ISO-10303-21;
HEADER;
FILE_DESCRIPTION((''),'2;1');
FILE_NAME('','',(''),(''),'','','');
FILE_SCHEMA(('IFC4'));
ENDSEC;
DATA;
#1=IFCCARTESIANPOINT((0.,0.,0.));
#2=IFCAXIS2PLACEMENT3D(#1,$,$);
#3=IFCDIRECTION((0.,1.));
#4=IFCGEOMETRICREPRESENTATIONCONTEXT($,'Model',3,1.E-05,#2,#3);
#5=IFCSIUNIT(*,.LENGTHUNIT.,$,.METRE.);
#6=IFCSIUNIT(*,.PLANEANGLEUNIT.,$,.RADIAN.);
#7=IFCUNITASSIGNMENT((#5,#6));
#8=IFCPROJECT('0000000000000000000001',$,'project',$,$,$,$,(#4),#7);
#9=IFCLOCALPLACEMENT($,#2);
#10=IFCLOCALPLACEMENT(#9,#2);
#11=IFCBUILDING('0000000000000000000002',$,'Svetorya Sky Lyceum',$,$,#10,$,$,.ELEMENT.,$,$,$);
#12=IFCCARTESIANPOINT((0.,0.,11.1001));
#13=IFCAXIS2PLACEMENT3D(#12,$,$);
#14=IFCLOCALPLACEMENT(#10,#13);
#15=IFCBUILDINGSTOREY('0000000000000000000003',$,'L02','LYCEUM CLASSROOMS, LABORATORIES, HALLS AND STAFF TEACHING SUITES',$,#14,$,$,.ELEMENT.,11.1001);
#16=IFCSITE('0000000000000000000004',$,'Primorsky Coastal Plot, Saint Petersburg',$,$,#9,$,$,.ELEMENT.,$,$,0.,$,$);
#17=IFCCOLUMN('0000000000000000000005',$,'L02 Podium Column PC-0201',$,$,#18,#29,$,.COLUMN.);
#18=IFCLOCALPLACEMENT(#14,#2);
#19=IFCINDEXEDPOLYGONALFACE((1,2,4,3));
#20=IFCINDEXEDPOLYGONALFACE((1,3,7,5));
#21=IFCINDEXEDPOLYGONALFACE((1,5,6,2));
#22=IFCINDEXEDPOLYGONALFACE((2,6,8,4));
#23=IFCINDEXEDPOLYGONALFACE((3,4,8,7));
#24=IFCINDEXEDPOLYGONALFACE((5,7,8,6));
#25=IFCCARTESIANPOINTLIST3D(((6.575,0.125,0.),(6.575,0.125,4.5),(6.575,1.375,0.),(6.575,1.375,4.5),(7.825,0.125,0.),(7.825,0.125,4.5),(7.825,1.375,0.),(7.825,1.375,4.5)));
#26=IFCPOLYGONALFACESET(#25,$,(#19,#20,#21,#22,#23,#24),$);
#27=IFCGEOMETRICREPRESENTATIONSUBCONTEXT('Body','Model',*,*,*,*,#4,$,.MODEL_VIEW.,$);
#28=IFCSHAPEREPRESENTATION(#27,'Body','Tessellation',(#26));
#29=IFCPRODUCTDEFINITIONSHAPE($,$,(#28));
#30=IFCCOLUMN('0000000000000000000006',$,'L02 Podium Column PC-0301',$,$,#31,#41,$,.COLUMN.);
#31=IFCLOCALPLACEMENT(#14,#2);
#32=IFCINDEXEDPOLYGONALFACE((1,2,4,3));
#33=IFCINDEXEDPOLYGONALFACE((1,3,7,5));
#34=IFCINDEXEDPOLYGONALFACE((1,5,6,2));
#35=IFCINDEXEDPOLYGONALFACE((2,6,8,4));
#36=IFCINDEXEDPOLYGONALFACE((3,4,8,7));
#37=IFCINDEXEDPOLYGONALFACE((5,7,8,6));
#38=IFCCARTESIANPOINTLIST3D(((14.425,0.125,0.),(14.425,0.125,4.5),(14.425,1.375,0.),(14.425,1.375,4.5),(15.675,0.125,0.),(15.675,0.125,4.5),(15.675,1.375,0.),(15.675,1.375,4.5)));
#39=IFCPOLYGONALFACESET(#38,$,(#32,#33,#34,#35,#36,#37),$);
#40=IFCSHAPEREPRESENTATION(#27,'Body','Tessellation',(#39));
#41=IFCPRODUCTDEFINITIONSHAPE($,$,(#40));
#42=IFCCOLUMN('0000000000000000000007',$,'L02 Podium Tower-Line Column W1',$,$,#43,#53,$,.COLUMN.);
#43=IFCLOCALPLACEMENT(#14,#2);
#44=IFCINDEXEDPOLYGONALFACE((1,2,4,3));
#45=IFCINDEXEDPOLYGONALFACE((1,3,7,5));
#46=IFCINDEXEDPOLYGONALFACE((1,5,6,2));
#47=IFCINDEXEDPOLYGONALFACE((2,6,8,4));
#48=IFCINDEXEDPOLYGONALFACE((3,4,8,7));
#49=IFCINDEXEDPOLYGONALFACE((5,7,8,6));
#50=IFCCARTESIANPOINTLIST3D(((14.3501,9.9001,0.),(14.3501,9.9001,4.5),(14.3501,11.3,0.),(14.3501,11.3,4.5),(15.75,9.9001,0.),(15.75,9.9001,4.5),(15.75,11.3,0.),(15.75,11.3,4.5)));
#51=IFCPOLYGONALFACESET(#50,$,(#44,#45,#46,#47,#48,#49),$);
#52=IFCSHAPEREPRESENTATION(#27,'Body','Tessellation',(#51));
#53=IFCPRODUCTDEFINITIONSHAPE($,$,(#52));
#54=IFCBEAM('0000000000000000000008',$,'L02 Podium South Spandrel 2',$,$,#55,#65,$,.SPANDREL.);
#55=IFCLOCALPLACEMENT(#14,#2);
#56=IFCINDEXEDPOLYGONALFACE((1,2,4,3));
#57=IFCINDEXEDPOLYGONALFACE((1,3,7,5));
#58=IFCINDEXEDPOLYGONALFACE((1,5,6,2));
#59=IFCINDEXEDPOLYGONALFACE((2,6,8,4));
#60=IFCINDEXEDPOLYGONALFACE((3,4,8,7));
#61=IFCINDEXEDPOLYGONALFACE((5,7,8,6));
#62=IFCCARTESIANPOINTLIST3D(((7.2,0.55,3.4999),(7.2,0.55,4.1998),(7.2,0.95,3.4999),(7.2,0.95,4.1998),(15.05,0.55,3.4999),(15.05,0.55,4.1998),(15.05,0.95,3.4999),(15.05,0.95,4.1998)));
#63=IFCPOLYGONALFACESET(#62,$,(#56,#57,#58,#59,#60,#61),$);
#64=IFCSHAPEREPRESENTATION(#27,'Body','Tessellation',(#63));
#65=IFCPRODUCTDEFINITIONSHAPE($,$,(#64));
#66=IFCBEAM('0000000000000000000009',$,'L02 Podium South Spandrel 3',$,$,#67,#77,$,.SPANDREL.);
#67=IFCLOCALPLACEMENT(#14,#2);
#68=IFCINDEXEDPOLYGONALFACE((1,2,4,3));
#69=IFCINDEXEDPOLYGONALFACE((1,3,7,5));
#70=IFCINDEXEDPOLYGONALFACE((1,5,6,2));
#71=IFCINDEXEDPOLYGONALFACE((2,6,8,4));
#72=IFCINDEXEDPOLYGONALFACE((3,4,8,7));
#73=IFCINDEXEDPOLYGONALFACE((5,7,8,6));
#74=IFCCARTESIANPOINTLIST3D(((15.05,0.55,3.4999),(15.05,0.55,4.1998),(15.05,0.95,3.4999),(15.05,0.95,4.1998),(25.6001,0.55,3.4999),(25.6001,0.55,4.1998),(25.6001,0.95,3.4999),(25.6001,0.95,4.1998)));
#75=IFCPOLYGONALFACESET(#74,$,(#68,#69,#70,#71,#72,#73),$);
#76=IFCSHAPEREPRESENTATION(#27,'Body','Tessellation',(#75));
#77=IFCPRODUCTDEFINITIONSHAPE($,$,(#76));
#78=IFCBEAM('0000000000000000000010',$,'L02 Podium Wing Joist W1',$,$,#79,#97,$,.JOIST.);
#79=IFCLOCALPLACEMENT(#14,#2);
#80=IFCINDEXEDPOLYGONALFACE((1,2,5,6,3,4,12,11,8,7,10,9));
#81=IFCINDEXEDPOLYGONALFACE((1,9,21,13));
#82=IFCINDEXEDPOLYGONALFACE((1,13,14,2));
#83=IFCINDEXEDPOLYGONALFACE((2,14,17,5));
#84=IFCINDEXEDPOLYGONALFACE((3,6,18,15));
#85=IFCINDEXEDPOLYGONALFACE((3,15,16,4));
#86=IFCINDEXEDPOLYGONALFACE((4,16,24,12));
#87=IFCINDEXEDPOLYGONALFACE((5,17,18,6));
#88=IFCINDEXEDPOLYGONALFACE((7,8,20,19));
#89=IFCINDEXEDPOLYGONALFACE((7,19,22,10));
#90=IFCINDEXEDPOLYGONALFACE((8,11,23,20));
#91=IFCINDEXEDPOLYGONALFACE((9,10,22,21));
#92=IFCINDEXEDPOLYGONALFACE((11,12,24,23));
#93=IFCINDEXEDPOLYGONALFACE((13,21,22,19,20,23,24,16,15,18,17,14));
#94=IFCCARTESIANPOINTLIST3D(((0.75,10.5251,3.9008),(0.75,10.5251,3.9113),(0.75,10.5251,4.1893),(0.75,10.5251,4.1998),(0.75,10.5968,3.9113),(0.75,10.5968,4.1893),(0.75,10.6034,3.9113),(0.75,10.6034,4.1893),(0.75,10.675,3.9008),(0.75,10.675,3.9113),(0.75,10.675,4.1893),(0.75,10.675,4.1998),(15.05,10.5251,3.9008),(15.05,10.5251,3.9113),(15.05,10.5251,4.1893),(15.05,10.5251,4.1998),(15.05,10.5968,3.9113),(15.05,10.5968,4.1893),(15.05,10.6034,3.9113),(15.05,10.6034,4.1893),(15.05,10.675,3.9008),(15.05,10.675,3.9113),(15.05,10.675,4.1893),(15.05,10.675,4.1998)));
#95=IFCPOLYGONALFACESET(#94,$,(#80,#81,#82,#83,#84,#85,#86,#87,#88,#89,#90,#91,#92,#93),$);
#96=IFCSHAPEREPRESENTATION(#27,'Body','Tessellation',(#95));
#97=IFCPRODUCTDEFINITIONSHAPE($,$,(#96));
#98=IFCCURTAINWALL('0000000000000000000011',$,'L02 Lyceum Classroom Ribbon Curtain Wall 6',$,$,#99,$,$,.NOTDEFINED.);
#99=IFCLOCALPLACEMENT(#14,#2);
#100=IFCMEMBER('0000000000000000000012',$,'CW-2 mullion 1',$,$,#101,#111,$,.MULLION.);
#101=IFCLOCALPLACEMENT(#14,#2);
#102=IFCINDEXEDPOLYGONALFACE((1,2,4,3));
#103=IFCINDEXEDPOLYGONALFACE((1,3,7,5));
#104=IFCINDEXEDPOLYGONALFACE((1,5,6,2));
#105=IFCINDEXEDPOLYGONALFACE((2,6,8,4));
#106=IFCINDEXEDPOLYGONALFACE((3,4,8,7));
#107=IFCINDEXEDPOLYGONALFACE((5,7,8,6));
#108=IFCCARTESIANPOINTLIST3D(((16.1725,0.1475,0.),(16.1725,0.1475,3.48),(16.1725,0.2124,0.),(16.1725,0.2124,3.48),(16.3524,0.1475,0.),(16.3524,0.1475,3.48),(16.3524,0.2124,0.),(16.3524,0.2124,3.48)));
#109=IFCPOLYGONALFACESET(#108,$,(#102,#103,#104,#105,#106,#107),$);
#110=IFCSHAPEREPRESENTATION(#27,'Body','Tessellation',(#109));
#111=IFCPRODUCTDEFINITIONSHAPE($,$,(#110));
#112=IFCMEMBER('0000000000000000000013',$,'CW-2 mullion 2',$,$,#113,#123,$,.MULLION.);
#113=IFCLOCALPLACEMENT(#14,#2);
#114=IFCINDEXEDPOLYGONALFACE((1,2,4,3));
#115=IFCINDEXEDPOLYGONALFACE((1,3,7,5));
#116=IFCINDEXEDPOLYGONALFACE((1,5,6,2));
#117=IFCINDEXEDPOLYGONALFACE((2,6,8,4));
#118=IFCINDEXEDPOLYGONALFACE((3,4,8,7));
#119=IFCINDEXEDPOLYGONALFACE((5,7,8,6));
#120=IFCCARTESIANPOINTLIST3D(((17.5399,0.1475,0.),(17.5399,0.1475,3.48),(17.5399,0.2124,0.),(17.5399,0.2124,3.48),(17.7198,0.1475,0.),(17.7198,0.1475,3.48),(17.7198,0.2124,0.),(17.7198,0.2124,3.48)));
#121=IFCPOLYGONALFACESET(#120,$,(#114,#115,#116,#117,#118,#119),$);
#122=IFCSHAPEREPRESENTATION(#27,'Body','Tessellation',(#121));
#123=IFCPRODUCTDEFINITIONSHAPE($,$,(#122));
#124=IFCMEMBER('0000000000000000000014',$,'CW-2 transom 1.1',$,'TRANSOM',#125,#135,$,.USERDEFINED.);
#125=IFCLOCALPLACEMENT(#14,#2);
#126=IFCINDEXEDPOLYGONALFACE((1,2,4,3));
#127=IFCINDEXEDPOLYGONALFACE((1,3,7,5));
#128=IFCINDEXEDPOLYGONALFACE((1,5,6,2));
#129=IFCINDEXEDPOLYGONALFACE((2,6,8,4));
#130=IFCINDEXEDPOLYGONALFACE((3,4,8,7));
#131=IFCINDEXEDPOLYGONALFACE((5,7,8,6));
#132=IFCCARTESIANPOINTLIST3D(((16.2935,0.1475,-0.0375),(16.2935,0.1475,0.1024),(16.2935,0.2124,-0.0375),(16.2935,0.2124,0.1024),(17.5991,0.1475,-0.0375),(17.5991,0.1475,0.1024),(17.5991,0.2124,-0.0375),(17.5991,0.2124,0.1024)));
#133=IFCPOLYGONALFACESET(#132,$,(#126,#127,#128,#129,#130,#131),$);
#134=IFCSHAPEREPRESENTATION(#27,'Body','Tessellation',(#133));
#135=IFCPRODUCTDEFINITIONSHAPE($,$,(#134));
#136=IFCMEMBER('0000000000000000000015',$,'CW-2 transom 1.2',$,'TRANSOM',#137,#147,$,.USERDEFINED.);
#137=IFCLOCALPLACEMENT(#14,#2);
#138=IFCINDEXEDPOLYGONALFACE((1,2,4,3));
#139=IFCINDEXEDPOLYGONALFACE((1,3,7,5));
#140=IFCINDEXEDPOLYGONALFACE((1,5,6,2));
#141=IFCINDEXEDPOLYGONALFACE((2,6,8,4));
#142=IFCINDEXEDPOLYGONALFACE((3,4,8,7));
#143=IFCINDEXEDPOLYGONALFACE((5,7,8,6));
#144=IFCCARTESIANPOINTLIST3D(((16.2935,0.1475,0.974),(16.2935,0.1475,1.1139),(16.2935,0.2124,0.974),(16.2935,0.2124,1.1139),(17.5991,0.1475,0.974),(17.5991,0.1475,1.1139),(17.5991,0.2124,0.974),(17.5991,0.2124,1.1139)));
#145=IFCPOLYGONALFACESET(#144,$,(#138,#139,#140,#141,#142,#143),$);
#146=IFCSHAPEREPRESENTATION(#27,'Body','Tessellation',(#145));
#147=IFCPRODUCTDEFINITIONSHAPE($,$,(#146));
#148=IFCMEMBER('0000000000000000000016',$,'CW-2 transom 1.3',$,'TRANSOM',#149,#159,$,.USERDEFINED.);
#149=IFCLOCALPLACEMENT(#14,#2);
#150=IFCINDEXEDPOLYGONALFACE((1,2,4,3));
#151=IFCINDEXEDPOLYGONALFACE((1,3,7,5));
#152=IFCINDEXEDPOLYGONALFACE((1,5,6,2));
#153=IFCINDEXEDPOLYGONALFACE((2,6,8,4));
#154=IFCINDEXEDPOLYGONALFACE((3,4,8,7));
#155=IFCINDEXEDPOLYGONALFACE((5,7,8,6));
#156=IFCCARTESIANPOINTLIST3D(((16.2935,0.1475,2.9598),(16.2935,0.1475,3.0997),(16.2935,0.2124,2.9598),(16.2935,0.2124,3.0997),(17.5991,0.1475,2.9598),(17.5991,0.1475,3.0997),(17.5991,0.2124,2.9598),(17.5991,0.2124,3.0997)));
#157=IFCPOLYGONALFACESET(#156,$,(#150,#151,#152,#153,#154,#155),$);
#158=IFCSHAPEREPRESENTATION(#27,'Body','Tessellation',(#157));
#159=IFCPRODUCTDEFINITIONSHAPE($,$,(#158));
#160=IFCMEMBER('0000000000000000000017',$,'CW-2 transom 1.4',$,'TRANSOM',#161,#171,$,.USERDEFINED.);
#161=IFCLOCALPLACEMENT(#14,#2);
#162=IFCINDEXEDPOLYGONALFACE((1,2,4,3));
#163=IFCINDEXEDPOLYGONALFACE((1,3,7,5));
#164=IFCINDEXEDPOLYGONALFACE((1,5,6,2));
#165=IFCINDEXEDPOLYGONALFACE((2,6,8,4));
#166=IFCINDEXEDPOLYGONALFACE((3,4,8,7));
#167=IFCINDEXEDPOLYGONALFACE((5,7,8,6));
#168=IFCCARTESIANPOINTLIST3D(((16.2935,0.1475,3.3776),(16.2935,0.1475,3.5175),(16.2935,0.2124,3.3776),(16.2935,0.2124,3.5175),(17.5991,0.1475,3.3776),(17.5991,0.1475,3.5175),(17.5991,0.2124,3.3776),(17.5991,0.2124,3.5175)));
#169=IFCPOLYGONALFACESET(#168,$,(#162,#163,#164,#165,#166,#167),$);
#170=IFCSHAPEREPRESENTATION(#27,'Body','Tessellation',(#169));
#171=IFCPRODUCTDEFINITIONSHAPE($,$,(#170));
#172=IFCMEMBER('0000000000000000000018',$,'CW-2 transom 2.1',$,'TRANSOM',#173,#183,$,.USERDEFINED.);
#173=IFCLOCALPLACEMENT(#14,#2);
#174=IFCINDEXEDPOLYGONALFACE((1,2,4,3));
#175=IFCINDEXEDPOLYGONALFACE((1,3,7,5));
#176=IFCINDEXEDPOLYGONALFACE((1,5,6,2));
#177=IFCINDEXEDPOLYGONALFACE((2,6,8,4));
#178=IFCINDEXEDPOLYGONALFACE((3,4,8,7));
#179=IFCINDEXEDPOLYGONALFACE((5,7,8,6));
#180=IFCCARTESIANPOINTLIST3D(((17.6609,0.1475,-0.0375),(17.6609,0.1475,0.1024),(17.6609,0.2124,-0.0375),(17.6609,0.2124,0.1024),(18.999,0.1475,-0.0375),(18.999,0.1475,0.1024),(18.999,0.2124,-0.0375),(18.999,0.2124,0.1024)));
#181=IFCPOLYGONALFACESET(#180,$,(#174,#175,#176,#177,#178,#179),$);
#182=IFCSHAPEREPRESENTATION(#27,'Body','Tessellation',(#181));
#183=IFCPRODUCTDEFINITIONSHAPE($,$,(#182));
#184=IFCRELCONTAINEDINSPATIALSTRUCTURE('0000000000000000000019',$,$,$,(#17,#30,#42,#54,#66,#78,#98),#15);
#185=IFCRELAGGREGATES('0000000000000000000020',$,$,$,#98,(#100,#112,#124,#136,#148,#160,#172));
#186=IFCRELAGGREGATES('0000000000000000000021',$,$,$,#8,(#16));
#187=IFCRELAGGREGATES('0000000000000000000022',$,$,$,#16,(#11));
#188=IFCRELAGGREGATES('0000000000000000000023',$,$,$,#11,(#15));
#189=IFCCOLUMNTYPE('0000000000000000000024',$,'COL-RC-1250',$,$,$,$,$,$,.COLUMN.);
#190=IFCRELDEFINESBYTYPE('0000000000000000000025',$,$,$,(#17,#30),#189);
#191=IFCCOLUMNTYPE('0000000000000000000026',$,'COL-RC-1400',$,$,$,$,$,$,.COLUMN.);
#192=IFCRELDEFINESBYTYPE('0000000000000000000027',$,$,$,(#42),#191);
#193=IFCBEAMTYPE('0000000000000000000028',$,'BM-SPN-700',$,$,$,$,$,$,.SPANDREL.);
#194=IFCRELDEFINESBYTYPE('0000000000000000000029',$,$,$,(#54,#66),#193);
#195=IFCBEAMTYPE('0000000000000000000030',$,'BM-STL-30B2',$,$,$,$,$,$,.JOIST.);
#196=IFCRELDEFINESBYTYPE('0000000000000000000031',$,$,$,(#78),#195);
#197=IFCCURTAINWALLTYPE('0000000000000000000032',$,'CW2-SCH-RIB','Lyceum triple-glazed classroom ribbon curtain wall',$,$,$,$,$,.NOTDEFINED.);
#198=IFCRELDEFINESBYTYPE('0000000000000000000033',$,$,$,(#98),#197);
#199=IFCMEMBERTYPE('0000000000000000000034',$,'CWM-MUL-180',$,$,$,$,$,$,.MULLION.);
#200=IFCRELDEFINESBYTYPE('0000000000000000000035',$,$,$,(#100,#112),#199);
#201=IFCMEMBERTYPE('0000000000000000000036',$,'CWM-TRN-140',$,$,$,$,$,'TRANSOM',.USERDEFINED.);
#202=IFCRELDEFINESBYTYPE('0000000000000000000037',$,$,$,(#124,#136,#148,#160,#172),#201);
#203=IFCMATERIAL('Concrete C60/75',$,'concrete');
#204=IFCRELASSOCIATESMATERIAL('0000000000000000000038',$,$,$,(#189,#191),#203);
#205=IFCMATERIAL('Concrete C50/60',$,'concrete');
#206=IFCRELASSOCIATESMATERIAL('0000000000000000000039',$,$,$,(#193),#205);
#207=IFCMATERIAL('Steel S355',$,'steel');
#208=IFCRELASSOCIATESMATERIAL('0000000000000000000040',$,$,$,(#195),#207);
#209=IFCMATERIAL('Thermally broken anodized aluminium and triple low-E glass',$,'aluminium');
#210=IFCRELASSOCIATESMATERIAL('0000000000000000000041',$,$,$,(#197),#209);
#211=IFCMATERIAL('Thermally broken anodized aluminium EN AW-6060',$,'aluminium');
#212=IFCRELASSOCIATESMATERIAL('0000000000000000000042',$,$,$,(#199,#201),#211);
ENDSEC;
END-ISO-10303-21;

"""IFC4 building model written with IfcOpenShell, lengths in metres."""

from ifc_helpers import new_model, si_unit, direction, frame, origin, origin_2d, place, context, subcontext, project, spatial, rectangle, i_section, extrude, material, material_profile, profile_set, type_object, element, aggregate, save


model = new_model("IFC4")

# Units and contexts
model_context = context("Model", 3, precision=1e-05, world=origin(), true_north=direction((0.0, 1.0)))
body_context = subcontext(model_context, "Body", "Model", "MODEL_VIEW")
ifc_project = project(units=[si_unit("LENGTHUNIT", "METRE"), si_unit("PLANEANGLEUNIT", "RADIAN")], contexts=[model_context])

# Site, building, storey
site_placement = place(None, origin())
site = spatial("IfcSite", under=ifc_project, at=site_placement, Name="Primorsky Coastal Plot, Saint Petersburg", CompositionType="ELEMENT", RefElevation=0.0)
building_placement = place(site_placement, origin())
building = spatial("IfcBuilding", under=site, at=building_placement, Name="Svetorya Sky Lyceum", CompositionType="ELEMENT")
storey_placement = place(building_placement, frame((0.0, 0.0, 11.1001)))
storey = spatial("IfcBuildingStorey", under=building, at=storey_placement, Name="L02", Description="LYCEUM CLASSROOMS, LABORATORIES, HALLS AND STAFF TEACHING SUITES", CompositionType="ELEMENT", Elevation=11.1001)

# Columns
ifc_material_1 = material(Name="Concrete C60/75", Category="concrete")
ifc_material_profile_1 = material_profile(ifc_material_1, rectangle(XDim=1.25, YDim=1.25, at=origin_2d()), Name="RC COL 1250x1250")
ifc_profile_set_1 = profile_set([ifc_material_profile_1], Name="Concrete C60/75")
column_type_1 = type_object("IfcColumnType", Name="COL-RC-1250", PredefinedType="COLUMN", material=ifc_profile_set_1)
for number, where, z_axis, x_axis, name in (
    (1, (7.2, 0.75, 0.0), (0.0, 0.0, 1.0), (1.0, 0.0, 0.0), "L02 Podium Column PC-0201"),
    (2, (15.05, 0.75, 0.0), (0.0, 0.0, 1.0), (1.0, 0.0, 0.0), "L02 Podium Column PC-0301"),
):
    element("IfcColumn", number, at=place(storey_placement, frame(where, z_axis=z_axis, x_axis=x_axis)), inside=storey, type_object=column_type_1, Name=name, PredefinedType="COLUMN", context=body_context, shape_type="SweptSolid", body=[
        extrude(rectangle(XDim=1.25, YDim=1.25, at=origin_2d()), origin(), (0.0, 0.0, 1.0), 4.5),
    ])
ifc_material_profile_2 = material_profile(ifc_material_1, rectangle(XDim=1.3999, YDim=1.3999, at=origin_2d()), Name="RC COL 1400x1400")
ifc_profile_set_2 = profile_set([ifc_material_profile_2], Name="Concrete C60/75")
column_type_2 = type_object("IfcColumnType", Name="COL-RC-1400", PredefinedType="COLUMN", material=ifc_profile_set_2)
column_placement = place(storey_placement, frame((15.05, 10.6001, 0.0), z_axis=(0.0, 0.0, 1.0), x_axis=(1.0, 0.0, 0.0)))
element("IfcColumn", 3, at=column_placement, inside=storey, type_object=column_type_2, Name="L02 Podium Tower-Line Column W1", PredefinedType="COLUMN", context=body_context, shape_type="SweptSolid", body=[
    extrude(rectangle(XDim=1.3999, YDim=1.3999, at=origin_2d()), origin(), (0.0, 0.0, 1.0), 4.5),
])

# Beams
ifc_material_2 = material(Name="Concrete C50/60", Category="concrete")
ifc_material_profile_3 = material_profile(ifc_material_2, rectangle(XDim=0.3999, YDim=0.7, at=origin_2d()), Name="RC SPANDREL 400x700")
ifc_profile_set_3 = profile_set([ifc_material_profile_3], Name="Concrete C50/60")
beam_type_1 = type_object("IfcBeamType", Name="BM-SPN-700", PredefinedType="SPANDREL", material=ifc_profile_set_3)
beam_1_placement = place(storey_placement, frame((7.2, 0.75, 3.8499), z_axis=(1.0, 0.0, 0.0), x_axis=(0.0, 1.0, 0.0)))
element("IfcBeam", 4, at=beam_1_placement, inside=storey, type_object=beam_type_1, Name="L02 Podium South Spandrel 2", PredefinedType="SPANDREL", context=body_context, shape_type="SweptSolid", body=[
    extrude(rectangle(XDim=0.3999, YDim=0.7, at=origin_2d()), origin(), (0.0, 0.0, 1.0), 7.8501),
])
beam_2_placement = place(storey_placement, frame((15.05, 0.75, 3.8499), z_axis=(1.0, 0.0, 0.0), x_axis=(0.0, 1.0, 0.0)))
element("IfcBeam", 5, at=beam_2_placement, inside=storey, type_object=beam_type_1, Name="L02 Podium South Spandrel 3", PredefinedType="SPANDREL", context=body_context, shape_type="SweptSolid", body=[
    extrude(rectangle(XDim=0.3999, YDim=0.7, at=origin_2d()), origin(), (0.0, 0.0, 1.0), 10.55),
])
ifc_material_3 = material(Name="Steel S355", Category="steel")
ifc_material_profile_4 = material_profile(ifc_material_3, i_section(OverallWidth=0.1499, OverallDepth=0.2991, WebThickness=0.0066, FlangeThickness=0.0105, at=origin_2d()), Name="GOST 30B2")
ifc_profile_set_4 = profile_set([ifc_material_profile_4], Name="Steel S355")
beam_type_2 = type_object("IfcBeamType", Name="BM-STL-30B2", PredefinedType="JOIST", material=ifc_profile_set_4)
beam_3_placement = place(storey_placement, frame((0.75, 10.6001, 4.0503), z_axis=(1.0, 0.0, 0.0), x_axis=(0.0, 1.0, 0.0)))
element("IfcBeam", 6, at=beam_3_placement, inside=storey, type_object=beam_type_2, Name="L02 Podium Wing Joist W1", PredefinedType="JOIST", context=body_context, shape_type="SweptSolid", body=[
    extrude(i_section(OverallWidth=0.1499, OverallDepth=0.2991, WebThickness=0.0066, FlangeThickness=0.0105, at=origin_2d()), origin(), (0.0, 0.0, 1.0), 14.3),
])

# Curtain wall, members
ifc_material_4 = material(Name="Thermally broken anodized aluminium and triple low-E glass", Category="aluminium")
curtain_wall_type = type_object("IfcCurtainWallType", Name="CW2-SCH-RIB", Description="Lyceum triple-glazed classroom ribbon curtain wall", PredefinedType="NOTDEFINED", material=ifc_material_4)
curtain_wall_placement = place(storey_placement, origin())
curtain_wall = element("IfcCurtainWall", 7, at=curtain_wall_placement, inside=storey, type_object=curtain_wall_type, Name="L02 Lyceum Classroom Ribbon Curtain Wall 6", PredefinedType="NOTDEFINED")
ifc_material_5 = material(Name="Thermally broken anodized aluminium EN AW-6060", Category="aluminium")
ifc_material_profile_5 = material_profile(ifc_material_5, rectangle(XDim=0.0649, YDim=0.1799, at=origin_2d()), Name="ALU MULLION 65x180")
ifc_profile_set_5 = profile_set([ifc_material_profile_5], Name="Thermally broken anodized aluminium EN AW-6060")
member_type_1 = type_object("IfcMemberType", Name="CWM-MUL-180", PredefinedType="MULLION", material=ifc_profile_set_5)
member_1_placement = place(storey_placement, frame((16.2625, 0.1799, 0.0), z_axis=(0.0, 0.0, 1.0), x_axis=(0.0, 1.0, 0.0)))
member_1 = element("IfcMember", 8, at=member_1_placement, type_object=member_type_1, Name="CW-2 mullion 1", PredefinedType="MULLION", context=body_context, shape_type="SweptSolid", body=[
    extrude(rectangle(XDim=0.0649, YDim=0.1799, at=origin_2d()), origin(), (0.0, 0.0, 1.0), 3.48),
])
member_2_placement = place(storey_placement, frame((17.6299, 0.1799, 0.0), z_axis=(0.0, 0.0, 1.0), x_axis=(0.0, 1.0, 0.0)))
member_2 = element("IfcMember", 9, at=member_2_placement, type_object=member_type_1, Name="CW-2 mullion 2", PredefinedType="MULLION", context=body_context, shape_type="SweptSolid", body=[
    extrude(rectangle(XDim=0.0649, YDim=0.1799, at=origin_2d()), origin(), (0.0, 0.0, 1.0), 3.48),
])
ifc_material_profile_6 = material_profile(ifc_material_5, rectangle(XDim=0.0649, YDim=0.1399, at=origin_2d()), Name="ALU TRANSOM 65x140")
ifc_profile_set_6 = profile_set([ifc_material_profile_6], Name="Thermally broken anodized aluminium EN AW-6060")
member_type_2 = type_object("IfcMemberType", Name="CWM-TRN-140", ElementType="TRANSOM", PredefinedType="USERDEFINED", material=ifc_profile_set_6)
member_3_placement = place(storey_placement, frame((16.2935, 0.1799, 0.0325), z_axis=(1.0, 0.0, 0.0), x_axis=(0.0, 1.0, 0.0)))
member_3 = element("IfcMember", 10, at=member_3_placement, type_object=member_type_2, Name="CW-2 transom 1.1", ObjectType="TRANSOM", PredefinedType="USERDEFINED", context=body_context, shape_type="SweptSolid", body=[
    extrude(rectangle(XDim=0.0649, YDim=0.1399, at=origin_2d()), origin(), (0.0, 0.0, 1.0), 1.3057),
])
member_4_placement = place(storey_placement, frame((16.2935, 0.1799, 1.0439), z_axis=(1.0, 0.0, 0.0), x_axis=(0.0, 1.0, 0.0)))
member_4 = element("IfcMember", 11, at=member_4_placement, type_object=member_type_2, Name="CW-2 transom 1.2", ObjectType="TRANSOM", PredefinedType="USERDEFINED", context=body_context, shape_type="SweptSolid", body=[
    extrude(rectangle(XDim=0.0649, YDim=0.1399, at=origin_2d()), origin(), (0.0, 0.0, 1.0), 1.3057),
])
member_5_placement = place(storey_placement, frame((16.2935, 0.1799, 3.0298), z_axis=(1.0, 0.0, 0.0), x_axis=(0.0, 1.0, 0.0)))
member_5 = element("IfcMember", 12, at=member_5_placement, type_object=member_type_2, Name="CW-2 transom 1.3", ObjectType="TRANSOM", PredefinedType="USERDEFINED", context=body_context, shape_type="SweptSolid", body=[
    extrude(rectangle(XDim=0.0649, YDim=0.1399, at=origin_2d()), origin(), (0.0, 0.0, 1.0), 1.3057),
])
member_6_placement = place(storey_placement, frame((16.2935, 0.1799, 3.4475), z_axis=(1.0, 0.0, 0.0), x_axis=(0.0, 1.0, 0.0)))
member_6 = element("IfcMember", 13, at=member_6_placement, type_object=member_type_2, Name="CW-2 transom 1.4", ObjectType="TRANSOM", PredefinedType="USERDEFINED", context=body_context, shape_type="SweptSolid", body=[
    extrude(rectangle(XDim=0.0649, YDim=0.1399, at=origin_2d()), origin(), (0.0, 0.0, 1.0), 1.3057),
])
member_7_placement = place(storey_placement, frame((17.6609, 0.1799, 0.0325), z_axis=(1.0, 0.0, 0.0), x_axis=(0.0, 1.0, 0.0)))
member_7 = element("IfcMember", 14, at=member_7_placement, type_object=member_type_2, Name="CW-2 transom 2.1", ObjectType="TRANSOM", PredefinedType="USERDEFINED", context=body_context, shape_type="SweptSolid", body=[
    extrude(rectangle(XDim=0.0649, YDim=0.1399, at=origin_2d()), origin(), (0.0, 0.0, 1.0), 1.3381),
])
aggregate(curtain_wall, [member_1, member_2, member_3, member_4, member_5, member_6, member_7])

save(model, "model.ifc")
